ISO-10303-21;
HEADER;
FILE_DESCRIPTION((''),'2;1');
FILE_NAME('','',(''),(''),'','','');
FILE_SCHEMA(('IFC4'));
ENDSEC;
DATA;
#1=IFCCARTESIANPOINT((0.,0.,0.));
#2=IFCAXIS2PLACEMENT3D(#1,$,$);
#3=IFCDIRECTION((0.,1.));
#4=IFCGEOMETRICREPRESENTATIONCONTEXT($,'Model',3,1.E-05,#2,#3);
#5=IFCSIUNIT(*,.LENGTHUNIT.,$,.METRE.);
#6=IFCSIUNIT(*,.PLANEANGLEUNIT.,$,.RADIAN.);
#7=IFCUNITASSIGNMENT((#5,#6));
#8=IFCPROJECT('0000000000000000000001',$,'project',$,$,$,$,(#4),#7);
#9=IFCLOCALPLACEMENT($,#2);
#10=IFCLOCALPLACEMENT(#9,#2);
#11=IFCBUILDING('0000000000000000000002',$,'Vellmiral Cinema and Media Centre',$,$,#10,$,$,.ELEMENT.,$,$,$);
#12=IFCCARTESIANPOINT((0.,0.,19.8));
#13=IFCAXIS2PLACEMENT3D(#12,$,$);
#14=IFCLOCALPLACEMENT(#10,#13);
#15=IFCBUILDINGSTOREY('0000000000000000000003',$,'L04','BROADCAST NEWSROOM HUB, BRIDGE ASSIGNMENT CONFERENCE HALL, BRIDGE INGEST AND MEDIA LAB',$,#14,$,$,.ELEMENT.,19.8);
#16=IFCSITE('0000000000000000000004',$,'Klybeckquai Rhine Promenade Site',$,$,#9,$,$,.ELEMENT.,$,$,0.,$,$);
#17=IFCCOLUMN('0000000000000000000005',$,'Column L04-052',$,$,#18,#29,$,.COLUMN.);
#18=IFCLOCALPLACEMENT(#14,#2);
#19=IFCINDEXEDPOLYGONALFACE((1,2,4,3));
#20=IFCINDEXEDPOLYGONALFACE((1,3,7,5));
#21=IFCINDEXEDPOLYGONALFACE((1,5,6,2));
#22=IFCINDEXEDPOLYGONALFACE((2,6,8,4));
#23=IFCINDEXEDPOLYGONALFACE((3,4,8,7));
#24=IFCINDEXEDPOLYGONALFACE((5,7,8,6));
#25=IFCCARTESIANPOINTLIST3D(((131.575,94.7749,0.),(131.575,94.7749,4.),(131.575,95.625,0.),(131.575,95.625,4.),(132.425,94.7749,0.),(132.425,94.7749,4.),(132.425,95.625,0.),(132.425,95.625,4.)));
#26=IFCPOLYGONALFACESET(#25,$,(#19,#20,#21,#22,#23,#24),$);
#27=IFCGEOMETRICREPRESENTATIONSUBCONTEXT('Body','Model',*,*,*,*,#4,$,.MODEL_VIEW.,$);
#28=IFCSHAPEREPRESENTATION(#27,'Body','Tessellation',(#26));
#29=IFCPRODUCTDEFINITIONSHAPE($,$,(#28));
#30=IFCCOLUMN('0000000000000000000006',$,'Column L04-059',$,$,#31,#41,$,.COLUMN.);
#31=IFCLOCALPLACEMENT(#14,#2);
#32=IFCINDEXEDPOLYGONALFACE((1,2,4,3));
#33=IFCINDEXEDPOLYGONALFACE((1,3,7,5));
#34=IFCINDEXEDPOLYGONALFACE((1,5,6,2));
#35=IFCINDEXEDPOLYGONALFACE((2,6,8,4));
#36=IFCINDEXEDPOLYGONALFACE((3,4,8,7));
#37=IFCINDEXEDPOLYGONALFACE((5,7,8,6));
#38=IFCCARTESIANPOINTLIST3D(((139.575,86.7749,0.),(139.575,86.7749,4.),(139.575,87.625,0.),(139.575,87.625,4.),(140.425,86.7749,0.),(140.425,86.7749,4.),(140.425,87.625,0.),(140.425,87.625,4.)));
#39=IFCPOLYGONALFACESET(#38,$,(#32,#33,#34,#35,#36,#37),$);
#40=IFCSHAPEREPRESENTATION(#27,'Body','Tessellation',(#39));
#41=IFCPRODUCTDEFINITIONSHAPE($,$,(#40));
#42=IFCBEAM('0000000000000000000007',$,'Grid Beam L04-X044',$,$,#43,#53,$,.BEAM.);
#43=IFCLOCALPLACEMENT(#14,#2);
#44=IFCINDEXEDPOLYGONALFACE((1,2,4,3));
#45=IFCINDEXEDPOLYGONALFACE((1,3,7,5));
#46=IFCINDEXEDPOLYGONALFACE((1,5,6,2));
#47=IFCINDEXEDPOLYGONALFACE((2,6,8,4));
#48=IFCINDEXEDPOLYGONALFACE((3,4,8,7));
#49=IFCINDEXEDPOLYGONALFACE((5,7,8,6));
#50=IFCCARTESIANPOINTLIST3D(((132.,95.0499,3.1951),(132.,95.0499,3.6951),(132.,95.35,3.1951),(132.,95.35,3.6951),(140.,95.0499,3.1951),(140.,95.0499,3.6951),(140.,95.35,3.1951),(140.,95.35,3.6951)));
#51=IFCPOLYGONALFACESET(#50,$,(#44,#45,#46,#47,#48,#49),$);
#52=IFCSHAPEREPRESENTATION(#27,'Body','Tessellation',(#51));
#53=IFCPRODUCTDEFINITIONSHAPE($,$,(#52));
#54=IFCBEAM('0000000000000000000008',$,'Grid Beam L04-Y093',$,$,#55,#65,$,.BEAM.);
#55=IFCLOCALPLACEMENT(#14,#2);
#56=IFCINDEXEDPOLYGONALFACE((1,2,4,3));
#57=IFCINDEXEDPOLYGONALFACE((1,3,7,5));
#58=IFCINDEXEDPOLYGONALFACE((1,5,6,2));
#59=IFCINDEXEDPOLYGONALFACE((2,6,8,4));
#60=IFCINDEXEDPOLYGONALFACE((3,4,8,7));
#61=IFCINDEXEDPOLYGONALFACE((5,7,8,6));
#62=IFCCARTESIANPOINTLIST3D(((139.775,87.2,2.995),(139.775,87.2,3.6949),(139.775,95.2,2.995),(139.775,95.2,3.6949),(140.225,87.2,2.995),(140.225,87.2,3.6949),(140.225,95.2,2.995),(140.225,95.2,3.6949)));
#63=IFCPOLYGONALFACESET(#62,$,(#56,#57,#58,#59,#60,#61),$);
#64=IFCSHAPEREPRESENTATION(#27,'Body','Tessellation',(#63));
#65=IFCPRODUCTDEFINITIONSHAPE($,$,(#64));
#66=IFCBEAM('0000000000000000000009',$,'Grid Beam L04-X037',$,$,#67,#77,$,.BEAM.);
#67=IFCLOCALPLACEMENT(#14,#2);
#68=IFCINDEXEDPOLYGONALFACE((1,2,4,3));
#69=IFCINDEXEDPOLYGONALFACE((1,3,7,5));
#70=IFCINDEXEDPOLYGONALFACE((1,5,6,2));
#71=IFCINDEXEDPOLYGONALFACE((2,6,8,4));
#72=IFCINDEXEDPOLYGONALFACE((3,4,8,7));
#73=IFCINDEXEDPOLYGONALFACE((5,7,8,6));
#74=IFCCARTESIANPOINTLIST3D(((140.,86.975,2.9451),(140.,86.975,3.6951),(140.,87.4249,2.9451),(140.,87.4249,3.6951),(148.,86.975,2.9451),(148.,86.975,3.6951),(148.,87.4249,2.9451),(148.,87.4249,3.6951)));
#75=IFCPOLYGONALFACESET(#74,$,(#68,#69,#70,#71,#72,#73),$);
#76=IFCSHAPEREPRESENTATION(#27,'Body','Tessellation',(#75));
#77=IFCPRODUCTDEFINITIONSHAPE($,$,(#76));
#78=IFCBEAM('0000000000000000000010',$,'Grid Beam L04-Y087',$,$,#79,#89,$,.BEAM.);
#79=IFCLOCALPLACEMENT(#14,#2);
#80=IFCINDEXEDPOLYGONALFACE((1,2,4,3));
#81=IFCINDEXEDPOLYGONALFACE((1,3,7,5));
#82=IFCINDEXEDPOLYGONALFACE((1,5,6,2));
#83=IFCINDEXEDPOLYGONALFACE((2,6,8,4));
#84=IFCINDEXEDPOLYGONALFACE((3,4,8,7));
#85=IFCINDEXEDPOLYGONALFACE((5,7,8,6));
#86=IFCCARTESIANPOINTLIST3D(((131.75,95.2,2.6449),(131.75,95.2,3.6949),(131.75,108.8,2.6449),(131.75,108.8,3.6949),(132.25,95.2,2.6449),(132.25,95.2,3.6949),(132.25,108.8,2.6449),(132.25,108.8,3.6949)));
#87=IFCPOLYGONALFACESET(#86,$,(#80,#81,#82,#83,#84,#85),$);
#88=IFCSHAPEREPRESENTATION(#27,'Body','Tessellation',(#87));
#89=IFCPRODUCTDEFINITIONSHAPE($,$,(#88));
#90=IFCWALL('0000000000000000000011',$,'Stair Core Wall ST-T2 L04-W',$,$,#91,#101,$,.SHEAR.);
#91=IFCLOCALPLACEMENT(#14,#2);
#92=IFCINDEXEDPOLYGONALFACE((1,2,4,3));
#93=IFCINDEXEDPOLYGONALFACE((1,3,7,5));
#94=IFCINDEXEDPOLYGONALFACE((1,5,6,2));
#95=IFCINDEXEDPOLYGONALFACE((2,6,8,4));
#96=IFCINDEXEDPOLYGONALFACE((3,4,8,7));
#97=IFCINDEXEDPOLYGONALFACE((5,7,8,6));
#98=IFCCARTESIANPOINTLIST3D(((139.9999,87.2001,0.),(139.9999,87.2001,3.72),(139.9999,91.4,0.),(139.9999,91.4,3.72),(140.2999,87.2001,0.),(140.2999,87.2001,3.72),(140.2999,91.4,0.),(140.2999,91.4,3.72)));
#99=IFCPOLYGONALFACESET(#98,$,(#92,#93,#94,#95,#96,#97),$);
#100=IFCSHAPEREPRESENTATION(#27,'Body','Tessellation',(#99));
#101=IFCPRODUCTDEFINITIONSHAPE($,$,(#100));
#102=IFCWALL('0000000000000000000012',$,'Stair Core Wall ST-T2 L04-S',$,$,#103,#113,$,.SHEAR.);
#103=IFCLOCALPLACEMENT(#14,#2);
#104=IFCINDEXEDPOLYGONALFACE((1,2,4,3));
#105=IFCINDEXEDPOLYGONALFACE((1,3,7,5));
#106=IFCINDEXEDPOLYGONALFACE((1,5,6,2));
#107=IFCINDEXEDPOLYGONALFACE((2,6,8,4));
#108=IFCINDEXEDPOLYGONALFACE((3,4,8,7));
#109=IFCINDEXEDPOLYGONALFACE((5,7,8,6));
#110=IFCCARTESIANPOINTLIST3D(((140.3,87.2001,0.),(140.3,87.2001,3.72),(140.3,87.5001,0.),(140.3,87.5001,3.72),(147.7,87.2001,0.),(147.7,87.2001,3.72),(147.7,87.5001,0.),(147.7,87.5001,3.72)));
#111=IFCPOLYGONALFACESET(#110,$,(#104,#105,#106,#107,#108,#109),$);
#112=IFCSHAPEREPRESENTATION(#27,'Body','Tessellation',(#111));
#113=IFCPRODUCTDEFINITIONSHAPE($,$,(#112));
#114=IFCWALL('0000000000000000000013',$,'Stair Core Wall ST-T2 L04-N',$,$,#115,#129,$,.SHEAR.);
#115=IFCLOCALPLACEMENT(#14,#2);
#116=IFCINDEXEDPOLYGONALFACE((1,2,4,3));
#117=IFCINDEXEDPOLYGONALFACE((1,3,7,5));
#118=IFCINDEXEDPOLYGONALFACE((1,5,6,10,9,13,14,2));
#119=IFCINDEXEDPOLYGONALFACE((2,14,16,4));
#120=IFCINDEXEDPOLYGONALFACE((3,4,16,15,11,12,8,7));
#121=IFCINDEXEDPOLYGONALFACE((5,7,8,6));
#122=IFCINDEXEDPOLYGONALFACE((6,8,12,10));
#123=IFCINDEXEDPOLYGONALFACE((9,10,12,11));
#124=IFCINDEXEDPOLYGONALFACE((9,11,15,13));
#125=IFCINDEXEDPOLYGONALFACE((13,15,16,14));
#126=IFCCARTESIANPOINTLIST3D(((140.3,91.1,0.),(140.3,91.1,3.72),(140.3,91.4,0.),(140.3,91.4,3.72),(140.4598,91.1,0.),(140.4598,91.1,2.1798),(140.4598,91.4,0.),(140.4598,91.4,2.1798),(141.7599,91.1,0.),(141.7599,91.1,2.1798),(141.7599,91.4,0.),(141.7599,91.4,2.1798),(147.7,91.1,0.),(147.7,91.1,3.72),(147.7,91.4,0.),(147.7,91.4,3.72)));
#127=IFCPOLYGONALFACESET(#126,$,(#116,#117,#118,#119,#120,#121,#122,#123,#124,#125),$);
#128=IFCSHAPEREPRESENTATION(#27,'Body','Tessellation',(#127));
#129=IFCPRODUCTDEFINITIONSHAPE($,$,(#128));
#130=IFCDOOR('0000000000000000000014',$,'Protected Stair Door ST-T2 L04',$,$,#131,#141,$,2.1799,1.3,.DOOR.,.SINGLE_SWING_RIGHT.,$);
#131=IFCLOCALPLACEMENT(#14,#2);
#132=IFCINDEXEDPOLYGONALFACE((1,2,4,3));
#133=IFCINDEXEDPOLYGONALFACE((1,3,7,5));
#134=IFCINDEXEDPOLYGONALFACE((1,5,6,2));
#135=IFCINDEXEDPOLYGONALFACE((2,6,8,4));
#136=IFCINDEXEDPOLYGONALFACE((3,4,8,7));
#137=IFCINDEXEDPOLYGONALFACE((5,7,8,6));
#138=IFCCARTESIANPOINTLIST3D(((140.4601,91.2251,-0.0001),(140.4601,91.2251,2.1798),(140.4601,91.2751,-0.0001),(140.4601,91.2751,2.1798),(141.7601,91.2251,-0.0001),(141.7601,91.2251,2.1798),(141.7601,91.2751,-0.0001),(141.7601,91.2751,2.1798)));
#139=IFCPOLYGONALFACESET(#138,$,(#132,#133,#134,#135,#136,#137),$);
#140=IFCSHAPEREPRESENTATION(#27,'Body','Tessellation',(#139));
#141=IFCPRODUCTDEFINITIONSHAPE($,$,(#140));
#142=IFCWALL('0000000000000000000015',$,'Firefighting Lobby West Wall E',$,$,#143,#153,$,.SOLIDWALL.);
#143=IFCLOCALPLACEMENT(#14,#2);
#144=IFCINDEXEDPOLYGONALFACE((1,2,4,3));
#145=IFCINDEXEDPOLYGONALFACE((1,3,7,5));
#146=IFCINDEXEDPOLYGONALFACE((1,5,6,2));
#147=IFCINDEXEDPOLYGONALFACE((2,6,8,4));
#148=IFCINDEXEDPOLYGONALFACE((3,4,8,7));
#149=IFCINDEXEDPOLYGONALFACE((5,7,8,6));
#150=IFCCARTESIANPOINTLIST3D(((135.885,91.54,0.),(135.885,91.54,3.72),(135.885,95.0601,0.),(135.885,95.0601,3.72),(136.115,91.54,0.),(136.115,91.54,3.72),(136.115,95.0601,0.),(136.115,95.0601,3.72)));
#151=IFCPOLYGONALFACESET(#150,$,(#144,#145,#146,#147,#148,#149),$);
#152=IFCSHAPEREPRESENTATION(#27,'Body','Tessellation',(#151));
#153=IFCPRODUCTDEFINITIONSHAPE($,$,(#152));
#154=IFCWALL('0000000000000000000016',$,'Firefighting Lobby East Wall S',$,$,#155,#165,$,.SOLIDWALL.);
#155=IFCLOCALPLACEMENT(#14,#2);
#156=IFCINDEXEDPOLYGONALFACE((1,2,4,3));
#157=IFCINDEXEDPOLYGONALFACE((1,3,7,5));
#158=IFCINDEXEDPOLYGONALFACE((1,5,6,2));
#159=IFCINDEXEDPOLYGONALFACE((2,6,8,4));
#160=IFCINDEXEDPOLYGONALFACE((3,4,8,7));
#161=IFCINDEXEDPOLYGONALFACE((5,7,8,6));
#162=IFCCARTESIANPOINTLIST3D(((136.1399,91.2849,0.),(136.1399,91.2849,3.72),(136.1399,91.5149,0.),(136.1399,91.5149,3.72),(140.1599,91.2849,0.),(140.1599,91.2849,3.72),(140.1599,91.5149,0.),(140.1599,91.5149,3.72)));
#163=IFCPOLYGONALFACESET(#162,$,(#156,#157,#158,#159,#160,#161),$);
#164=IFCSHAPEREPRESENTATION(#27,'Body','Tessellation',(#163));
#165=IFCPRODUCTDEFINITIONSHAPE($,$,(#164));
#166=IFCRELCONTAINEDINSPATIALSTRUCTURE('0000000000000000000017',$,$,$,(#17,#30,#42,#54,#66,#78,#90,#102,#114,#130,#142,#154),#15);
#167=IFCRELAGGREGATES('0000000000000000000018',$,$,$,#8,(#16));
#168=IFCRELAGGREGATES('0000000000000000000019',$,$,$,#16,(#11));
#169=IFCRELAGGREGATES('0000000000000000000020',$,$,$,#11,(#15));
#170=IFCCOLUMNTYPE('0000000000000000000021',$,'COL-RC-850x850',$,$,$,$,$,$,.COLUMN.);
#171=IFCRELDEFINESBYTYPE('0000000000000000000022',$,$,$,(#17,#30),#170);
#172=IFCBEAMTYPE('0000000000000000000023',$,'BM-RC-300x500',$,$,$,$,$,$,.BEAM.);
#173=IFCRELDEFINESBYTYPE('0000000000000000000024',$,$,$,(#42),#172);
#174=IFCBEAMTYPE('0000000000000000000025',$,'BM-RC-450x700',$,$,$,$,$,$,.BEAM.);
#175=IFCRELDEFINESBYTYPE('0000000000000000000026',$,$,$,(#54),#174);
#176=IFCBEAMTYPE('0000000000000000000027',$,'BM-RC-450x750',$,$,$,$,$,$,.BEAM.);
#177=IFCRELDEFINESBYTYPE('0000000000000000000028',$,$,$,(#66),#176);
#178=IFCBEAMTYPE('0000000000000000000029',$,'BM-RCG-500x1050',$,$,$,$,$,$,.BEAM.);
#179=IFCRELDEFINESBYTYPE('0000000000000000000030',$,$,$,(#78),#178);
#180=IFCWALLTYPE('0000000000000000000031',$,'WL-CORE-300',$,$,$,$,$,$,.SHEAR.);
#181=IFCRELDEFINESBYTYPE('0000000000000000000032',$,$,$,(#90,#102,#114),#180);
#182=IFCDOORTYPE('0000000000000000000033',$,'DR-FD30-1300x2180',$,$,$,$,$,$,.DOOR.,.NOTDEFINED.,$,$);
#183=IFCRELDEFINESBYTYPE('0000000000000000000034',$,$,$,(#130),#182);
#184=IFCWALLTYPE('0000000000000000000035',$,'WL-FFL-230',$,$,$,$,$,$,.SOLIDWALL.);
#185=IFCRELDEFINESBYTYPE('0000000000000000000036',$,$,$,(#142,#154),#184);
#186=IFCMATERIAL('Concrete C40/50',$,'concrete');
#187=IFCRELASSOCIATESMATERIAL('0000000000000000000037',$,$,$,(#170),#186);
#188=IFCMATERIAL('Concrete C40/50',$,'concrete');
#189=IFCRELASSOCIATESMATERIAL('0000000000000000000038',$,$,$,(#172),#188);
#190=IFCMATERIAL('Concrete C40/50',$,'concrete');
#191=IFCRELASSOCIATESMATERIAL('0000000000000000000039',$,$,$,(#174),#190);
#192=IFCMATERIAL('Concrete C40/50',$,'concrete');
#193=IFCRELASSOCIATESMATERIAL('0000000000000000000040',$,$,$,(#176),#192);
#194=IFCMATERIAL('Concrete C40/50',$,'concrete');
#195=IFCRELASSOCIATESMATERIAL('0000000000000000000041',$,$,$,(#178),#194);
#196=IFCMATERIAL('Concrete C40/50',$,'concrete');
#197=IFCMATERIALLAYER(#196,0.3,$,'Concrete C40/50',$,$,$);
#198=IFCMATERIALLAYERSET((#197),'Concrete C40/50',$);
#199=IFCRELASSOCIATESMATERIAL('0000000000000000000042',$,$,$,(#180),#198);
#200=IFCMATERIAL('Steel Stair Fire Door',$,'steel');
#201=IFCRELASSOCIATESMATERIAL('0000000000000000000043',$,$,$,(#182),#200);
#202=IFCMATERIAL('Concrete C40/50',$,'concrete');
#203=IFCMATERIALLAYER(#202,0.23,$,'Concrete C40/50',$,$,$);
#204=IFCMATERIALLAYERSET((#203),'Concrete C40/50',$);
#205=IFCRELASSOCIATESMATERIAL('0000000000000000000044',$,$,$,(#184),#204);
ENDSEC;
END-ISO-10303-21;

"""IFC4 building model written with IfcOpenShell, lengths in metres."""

from ifc_helpers import new_model, si_unit, direction, frame, frame_2d, origin, origin_2d, place, context, subcontext, project, spatial, rectangle, extrude, material, layer, layer_set, material_profile, profile_set, type_object, element, fill, save


model = new_model("IFC4")

# Units and contexts
model_context = context("Model", 3, precision=1e-05, world=origin(), true_north=direction((0.0, 1.0)))
body_context = subcontext(model_context, "Body", "Model", "MODEL_VIEW")
ifc_project = project(units=[si_unit("LENGTHUNIT", "METRE"), si_unit("PLANEANGLEUNIT", "RADIAN")], contexts=[model_context])

# Site, building, storey
site_placement = place(None, origin())
site = spatial("IfcSite", under=ifc_project, at=site_placement, Name="Klybeckquai Rhine Promenade Site", CompositionType="ELEMENT", RefElevation=0.0)
building_placement = place(site_placement, origin())
building = spatial("IfcBuilding", under=site, at=building_placement, Name="Vellmiral Cinema and Media Centre", CompositionType="ELEMENT")
storey_placement = place(building_placement, frame((0.0, 0.0, 19.8)))
storey = spatial("IfcBuildingStorey", under=building, at=storey_placement, Name="L04", Description="BROADCAST NEWSROOM HUB, BRIDGE ASSIGNMENT CONFERENCE HALL, BRIDGE INGEST AND MEDIA LAB", CompositionType="ELEMENT", Elevation=19.8)

# Columns
ifc_material_1 = material(Name="Concrete C40/50", Category="concrete")
ifc_material_profile_1 = material_profile(ifc_material_1, rectangle(XDim=0.8501, YDim=0.8501, at=origin_2d()), Name="RC 850x850")
ifc_profile_set_1 = profile_set([ifc_material_profile_1], Name="Concrete C40/50")
column_type = type_object("IfcColumnType", Name="COL-RC-850x850", PredefinedType="COLUMN", material=ifc_profile_set_1)
for number, where, z_axis, x_axis, name in (
    (1, (132.0, 95.2, 0.0), (0.0, 0.0, 1.0), (1.0, 0.0, 0.0), "Column L04-052"),
    (2, (140.0, 87.2, 0.0), (0.0, 0.0, 1.0), (1.0, 0.0, 0.0), "Column L04-059"),
):
    element("IfcColumn", number, at=place(storey_placement, frame(where, z_axis=z_axis, x_axis=x_axis)), inside=storey, type_object=column_type, Name=name, PredefinedType="COLUMN", context=body_context, shape_type="SweptSolid", body=[
        extrude(rectangle(XDim=0.8501, YDim=0.8501, at=origin_2d()), origin(), (0.0, 0.0, 1.0), 4.0),
    ])

# Beams
ifc_material_2 = material(Name="Concrete C40/50", Category="concrete")
ifc_material_profile_2 = material_profile(ifc_material_2, rectangle(XDim=0.3, YDim=0.5, at=origin_2d()), Name="RC 300x500")
ifc_profile_set_2 = profile_set([ifc_material_profile_2], Name="Concrete C40/50")
beam_type_1 = type_object("IfcBeamType", Name="BM-RC-300x500", PredefinedType="BEAM", material=ifc_profile_set_2)
beam_1_placement = place(storey_placement, frame((132.0, 95.2, 3.4451), z_axis=(1.0, 0.0, 0.0), x_axis=(0.0, 1.0, 0.0)))
element("IfcBeam", 3, at=beam_1_placement, inside=storey, type_object=beam_type_1, Name="Grid Beam L04-X044", PredefinedType="BEAM", context=body_context, shape_type="SweptSolid", body=[
    extrude(rectangle(XDim=0.3, YDim=0.5, at=origin_2d()), origin(), (0.0, 0.0, 1.0), 8.0),
])
ifc_material_3 = material(Name="Concrete C40/50", Category="concrete")
ifc_material_profile_3 = material_profile(ifc_material_3, rectangle(XDim=0.45, YDim=0.7, at=origin_2d()), Name="RC 450x700")
ifc_profile_set_3 = profile_set([ifc_material_profile_3], Name="Concrete C40/50")
beam_type_2 = type_object("IfcBeamType", Name="BM-RC-450x700", PredefinedType="BEAM", material=ifc_profile_set_3)
beam_2_placement = place(storey_placement, frame((140.0, 87.2, 3.345), z_axis=(0.0, 1.0, 0.0), x_axis=(-1.0, 0.0, 0.0)))
element("IfcBeam", 4, at=beam_2_placement, inside=storey, type_object=beam_type_2, Name="Grid Beam L04-Y093", PredefinedType="BEAM", context=body_context, shape_type="SweptSolid", body=[
    extrude(rectangle(XDim=0.45, YDim=0.7, at=origin_2d()), origin(), (0.0, 0.0, 1.0), 8.0),
])
ifc_material_4 = material(Name="Concrete C40/50", Category="concrete")
ifc_material_profile_4 = material_profile(ifc_material_4, rectangle(XDim=0.45, YDim=0.75, at=origin_2d()), Name="RC 450x750")
ifc_profile_set_4 = profile_set([ifc_material_profile_4], Name="Concrete C40/50")
beam_type_3 = type_object("IfcBeamType", Name="BM-RC-450x750", PredefinedType="BEAM", material=ifc_profile_set_4)
beam_3_placement = place(storey_placement, frame((140.0, 87.2, 3.3201), z_axis=(1.0, 0.0, 0.0), x_axis=(0.0, 1.0, 0.0)))
element("IfcBeam", 5, at=beam_3_placement, inside=storey, type_object=beam_type_3, Name="Grid Beam L04-X037", PredefinedType="BEAM", context=body_context, shape_type="SweptSolid", body=[
    extrude(rectangle(XDim=0.45, YDim=0.75, at=origin_2d()), origin(), (0.0, 0.0, 1.0), 8.0),
])
ifc_material_5 = material(Name="Concrete C40/50", Category="concrete")
ifc_material_profile_5 = material_profile(ifc_material_5, rectangle(XDim=0.5, YDim=1.05, at=origin_2d()), Name="RC 500x1050")
ifc_profile_set_5 = profile_set([ifc_material_profile_5], Name="Concrete C40/50")
beam_type_4 = type_object("IfcBeamType", Name="BM-RCG-500x1050", PredefinedType="BEAM", material=ifc_profile_set_5)
beam_4_placement = place(storey_placement, frame((132.0, 95.2, 3.1699), z_axis=(0.0, 1.0, 0.0), x_axis=(-1.0, 0.0, 0.0)))
element("IfcBeam", 6, at=beam_4_placement, inside=storey, type_object=beam_type_4, Name="Grid Beam L04-Y087", PredefinedType="BEAM", context=body_context, shape_type="SweptSolid", body=[
    extrude(rectangle(XDim=0.5, YDim=1.05, at=origin_2d()), origin(), (0.0, 0.0, 1.0), 13.6001),
])

# Walls
ifc_material_6 = material(Name="Concrete C40/50", Category="concrete")
ifc_layer_1 = layer(ifc_material_6, 0.3, Name="Concrete C40/50")
ifc_layer_set_1 = layer_set([ifc_layer_1], Name="Concrete C40/50")
wall_type_1 = type_object("IfcWallType", Name="WL-CORE-300", PredefinedType="SHEAR", material=ifc_layer_set_1)
wall_1_placement = place(storey_placement, frame((140.1499, 87.2, 0.0), z_axis=(0.0, 0.0, 1.0), x_axis=(0.0, 1.0, 0.0)))
element("IfcWall", 7, at=wall_1_placement, inside=storey, type_object=wall_type_1, Name="Stair Core Wall ST-T2 L04-W", PredefinedType="SHEAR", context=body_context, shape_type="SweptSolid", body=[
    extrude(rectangle(XDim=4.2, YDim=0.3, at=frame_2d((2.1001, 0.0))), origin(), (0.0, 0.0, 1.0), 3.72),
])
wall_2_placement = place(storey_placement, frame((140.3, 87.3501, 0.0), z_axis=(0.0, 0.0, 1.0), x_axis=(1.0, 0.0, 0.0)))
element("IfcWall", 8, at=wall_2_placement, inside=storey, type_object=wall_type_1, Name="Stair Core Wall ST-T2 L04-S", PredefinedType="SHEAR", context=body_context, shape_type="SweptSolid", body=[
    extrude(rectangle(XDim=7.3999, YDim=0.3, at=frame_2d((3.7, 0.0))), origin(), (0.0, 0.0, 1.0), 3.72),
])

# Wall, opening, door
wall_3_placement = place(storey_placement, frame((140.3, 91.25, 0.0), z_axis=(0.0, 0.0, 1.0), x_axis=(1.0, 0.0, 0.0)))
wall_3 = element("IfcWall", 9, at=wall_3_placement, inside=storey, type_object=wall_type_1, Name="Stair Core Wall ST-T2 L04-N", PredefinedType="SHEAR", context=body_context, shape_type="SweptSolid", body=[
    extrude(rectangle(XDim=7.3999, YDim=0.3, at=frame_2d((3.7, 0.0))), origin(), (0.0, 0.0, 1.0), 3.72),
])
opening_1_placement = place(wall_3_placement, frame((0.1599, 0.0, 0.0)))
opening_1 = element("IfcOpeningElement", 10, at=opening_1_placement, cuts=wall_3, PredefinedType="OPENING", context=body_context, shape_type="SweptSolid", body=[
    extrude(rectangle(XDim=1.3, YDim=2.1799, at=frame_2d((0.6499, 1.0898))), frame((0.0, 0.1621, 0.0), z_axis=(0.0, -1.0, 0.0), x_axis=(1.0, 0.0, 0.0)), (0.0, 0.0, 1.0), 0.324),
])
ifc_material_7 = material(Name="Steel Stair Fire Door", Category="steel")
door_type_1 = type_object("IfcDoorType", Name="DR-FD30-1300x2180", OperationType="NOTDEFINED", PredefinedType="DOOR", material=ifc_material_7)
door_1_placement = place(opening_1_placement, frame((1.3, 0.0, 0.0), z_axis=(0.0, 0.0, 1.0), x_axis=(-1.0, 0.0, 0.0)))
door_1 = element("IfcDoor", 11, at=door_1_placement, inside=storey, type_object=door_type_1, Name="Protected Stair Door ST-T2 L04", OperationType="SINGLE_SWING_RIGHT", OverallHeight=2.1799, OverallWidth=1.3, PredefinedType="DOOR", context=body_context, shape_type="SweptSolid", body=[
    extrude(rectangle(XDim=1.3, YDim=2.1799, at=frame_2d((0.6499, 1.0898))), frame((0.0, 0.0249, 0.0), z_axis=(0.0, -1.0, 0.0), x_axis=(1.0, 0.0, 0.0)), (0.0, 0.0, 1.0), 0.05),
])
fill(opening_1, door_1)

# Walls
ifc_material_8 = material(Name="Concrete C40/50", Category="concrete")
ifc_layer_2 = layer(ifc_material_8, 0.23, Name="Concrete C40/50")
ifc_layer_set_2 = layer_set([ifc_layer_2], Name="Concrete C40/50")
wall_type_2 = type_object("IfcWallType", Name="WL-FFL-230", PredefinedType="SOLIDWALL", material=ifc_layer_set_2)
wall_4_placement = place(storey_placement, frame((136.0, 91.54, 0.0), z_axis=(0.0, 0.0, 1.0), x_axis=(0.0, 1.0, 0.0)))
element("IfcWall", 12, at=wall_4_placement, inside=storey, type_object=wall_type_2, Name="Firefighting Lobby West Wall E", PredefinedType="SOLIDWALL", context=body_context, shape_type="SweptSolid", body=[
    extrude(rectangle(XDim=3.52, YDim=0.23, at=frame_2d((1.76, 0.0))), origin(), (0.0, 0.0, 1.0), 3.72),
])
wall_5_placement = place(storey_placement, frame((136.1399, 91.3999, 0.0), z_axis=(0.0, 0.0, 1.0), x_axis=(1.0, 0.0, 0.0)))
element("IfcWall", 13, at=wall_5_placement, inside=storey, type_object=wall_type_2, Name="Firefighting Lobby East Wall S", PredefinedType="SOLIDWALL", context=body_context, shape_type="SweptSolid", body=[
    extrude(rectangle(XDim=4.02, YDim=0.23, at=frame_2d((2.01, 0.0))), origin(), (0.0, 0.0, 1.0), 3.72),
])

save(model, "model.ifc")
